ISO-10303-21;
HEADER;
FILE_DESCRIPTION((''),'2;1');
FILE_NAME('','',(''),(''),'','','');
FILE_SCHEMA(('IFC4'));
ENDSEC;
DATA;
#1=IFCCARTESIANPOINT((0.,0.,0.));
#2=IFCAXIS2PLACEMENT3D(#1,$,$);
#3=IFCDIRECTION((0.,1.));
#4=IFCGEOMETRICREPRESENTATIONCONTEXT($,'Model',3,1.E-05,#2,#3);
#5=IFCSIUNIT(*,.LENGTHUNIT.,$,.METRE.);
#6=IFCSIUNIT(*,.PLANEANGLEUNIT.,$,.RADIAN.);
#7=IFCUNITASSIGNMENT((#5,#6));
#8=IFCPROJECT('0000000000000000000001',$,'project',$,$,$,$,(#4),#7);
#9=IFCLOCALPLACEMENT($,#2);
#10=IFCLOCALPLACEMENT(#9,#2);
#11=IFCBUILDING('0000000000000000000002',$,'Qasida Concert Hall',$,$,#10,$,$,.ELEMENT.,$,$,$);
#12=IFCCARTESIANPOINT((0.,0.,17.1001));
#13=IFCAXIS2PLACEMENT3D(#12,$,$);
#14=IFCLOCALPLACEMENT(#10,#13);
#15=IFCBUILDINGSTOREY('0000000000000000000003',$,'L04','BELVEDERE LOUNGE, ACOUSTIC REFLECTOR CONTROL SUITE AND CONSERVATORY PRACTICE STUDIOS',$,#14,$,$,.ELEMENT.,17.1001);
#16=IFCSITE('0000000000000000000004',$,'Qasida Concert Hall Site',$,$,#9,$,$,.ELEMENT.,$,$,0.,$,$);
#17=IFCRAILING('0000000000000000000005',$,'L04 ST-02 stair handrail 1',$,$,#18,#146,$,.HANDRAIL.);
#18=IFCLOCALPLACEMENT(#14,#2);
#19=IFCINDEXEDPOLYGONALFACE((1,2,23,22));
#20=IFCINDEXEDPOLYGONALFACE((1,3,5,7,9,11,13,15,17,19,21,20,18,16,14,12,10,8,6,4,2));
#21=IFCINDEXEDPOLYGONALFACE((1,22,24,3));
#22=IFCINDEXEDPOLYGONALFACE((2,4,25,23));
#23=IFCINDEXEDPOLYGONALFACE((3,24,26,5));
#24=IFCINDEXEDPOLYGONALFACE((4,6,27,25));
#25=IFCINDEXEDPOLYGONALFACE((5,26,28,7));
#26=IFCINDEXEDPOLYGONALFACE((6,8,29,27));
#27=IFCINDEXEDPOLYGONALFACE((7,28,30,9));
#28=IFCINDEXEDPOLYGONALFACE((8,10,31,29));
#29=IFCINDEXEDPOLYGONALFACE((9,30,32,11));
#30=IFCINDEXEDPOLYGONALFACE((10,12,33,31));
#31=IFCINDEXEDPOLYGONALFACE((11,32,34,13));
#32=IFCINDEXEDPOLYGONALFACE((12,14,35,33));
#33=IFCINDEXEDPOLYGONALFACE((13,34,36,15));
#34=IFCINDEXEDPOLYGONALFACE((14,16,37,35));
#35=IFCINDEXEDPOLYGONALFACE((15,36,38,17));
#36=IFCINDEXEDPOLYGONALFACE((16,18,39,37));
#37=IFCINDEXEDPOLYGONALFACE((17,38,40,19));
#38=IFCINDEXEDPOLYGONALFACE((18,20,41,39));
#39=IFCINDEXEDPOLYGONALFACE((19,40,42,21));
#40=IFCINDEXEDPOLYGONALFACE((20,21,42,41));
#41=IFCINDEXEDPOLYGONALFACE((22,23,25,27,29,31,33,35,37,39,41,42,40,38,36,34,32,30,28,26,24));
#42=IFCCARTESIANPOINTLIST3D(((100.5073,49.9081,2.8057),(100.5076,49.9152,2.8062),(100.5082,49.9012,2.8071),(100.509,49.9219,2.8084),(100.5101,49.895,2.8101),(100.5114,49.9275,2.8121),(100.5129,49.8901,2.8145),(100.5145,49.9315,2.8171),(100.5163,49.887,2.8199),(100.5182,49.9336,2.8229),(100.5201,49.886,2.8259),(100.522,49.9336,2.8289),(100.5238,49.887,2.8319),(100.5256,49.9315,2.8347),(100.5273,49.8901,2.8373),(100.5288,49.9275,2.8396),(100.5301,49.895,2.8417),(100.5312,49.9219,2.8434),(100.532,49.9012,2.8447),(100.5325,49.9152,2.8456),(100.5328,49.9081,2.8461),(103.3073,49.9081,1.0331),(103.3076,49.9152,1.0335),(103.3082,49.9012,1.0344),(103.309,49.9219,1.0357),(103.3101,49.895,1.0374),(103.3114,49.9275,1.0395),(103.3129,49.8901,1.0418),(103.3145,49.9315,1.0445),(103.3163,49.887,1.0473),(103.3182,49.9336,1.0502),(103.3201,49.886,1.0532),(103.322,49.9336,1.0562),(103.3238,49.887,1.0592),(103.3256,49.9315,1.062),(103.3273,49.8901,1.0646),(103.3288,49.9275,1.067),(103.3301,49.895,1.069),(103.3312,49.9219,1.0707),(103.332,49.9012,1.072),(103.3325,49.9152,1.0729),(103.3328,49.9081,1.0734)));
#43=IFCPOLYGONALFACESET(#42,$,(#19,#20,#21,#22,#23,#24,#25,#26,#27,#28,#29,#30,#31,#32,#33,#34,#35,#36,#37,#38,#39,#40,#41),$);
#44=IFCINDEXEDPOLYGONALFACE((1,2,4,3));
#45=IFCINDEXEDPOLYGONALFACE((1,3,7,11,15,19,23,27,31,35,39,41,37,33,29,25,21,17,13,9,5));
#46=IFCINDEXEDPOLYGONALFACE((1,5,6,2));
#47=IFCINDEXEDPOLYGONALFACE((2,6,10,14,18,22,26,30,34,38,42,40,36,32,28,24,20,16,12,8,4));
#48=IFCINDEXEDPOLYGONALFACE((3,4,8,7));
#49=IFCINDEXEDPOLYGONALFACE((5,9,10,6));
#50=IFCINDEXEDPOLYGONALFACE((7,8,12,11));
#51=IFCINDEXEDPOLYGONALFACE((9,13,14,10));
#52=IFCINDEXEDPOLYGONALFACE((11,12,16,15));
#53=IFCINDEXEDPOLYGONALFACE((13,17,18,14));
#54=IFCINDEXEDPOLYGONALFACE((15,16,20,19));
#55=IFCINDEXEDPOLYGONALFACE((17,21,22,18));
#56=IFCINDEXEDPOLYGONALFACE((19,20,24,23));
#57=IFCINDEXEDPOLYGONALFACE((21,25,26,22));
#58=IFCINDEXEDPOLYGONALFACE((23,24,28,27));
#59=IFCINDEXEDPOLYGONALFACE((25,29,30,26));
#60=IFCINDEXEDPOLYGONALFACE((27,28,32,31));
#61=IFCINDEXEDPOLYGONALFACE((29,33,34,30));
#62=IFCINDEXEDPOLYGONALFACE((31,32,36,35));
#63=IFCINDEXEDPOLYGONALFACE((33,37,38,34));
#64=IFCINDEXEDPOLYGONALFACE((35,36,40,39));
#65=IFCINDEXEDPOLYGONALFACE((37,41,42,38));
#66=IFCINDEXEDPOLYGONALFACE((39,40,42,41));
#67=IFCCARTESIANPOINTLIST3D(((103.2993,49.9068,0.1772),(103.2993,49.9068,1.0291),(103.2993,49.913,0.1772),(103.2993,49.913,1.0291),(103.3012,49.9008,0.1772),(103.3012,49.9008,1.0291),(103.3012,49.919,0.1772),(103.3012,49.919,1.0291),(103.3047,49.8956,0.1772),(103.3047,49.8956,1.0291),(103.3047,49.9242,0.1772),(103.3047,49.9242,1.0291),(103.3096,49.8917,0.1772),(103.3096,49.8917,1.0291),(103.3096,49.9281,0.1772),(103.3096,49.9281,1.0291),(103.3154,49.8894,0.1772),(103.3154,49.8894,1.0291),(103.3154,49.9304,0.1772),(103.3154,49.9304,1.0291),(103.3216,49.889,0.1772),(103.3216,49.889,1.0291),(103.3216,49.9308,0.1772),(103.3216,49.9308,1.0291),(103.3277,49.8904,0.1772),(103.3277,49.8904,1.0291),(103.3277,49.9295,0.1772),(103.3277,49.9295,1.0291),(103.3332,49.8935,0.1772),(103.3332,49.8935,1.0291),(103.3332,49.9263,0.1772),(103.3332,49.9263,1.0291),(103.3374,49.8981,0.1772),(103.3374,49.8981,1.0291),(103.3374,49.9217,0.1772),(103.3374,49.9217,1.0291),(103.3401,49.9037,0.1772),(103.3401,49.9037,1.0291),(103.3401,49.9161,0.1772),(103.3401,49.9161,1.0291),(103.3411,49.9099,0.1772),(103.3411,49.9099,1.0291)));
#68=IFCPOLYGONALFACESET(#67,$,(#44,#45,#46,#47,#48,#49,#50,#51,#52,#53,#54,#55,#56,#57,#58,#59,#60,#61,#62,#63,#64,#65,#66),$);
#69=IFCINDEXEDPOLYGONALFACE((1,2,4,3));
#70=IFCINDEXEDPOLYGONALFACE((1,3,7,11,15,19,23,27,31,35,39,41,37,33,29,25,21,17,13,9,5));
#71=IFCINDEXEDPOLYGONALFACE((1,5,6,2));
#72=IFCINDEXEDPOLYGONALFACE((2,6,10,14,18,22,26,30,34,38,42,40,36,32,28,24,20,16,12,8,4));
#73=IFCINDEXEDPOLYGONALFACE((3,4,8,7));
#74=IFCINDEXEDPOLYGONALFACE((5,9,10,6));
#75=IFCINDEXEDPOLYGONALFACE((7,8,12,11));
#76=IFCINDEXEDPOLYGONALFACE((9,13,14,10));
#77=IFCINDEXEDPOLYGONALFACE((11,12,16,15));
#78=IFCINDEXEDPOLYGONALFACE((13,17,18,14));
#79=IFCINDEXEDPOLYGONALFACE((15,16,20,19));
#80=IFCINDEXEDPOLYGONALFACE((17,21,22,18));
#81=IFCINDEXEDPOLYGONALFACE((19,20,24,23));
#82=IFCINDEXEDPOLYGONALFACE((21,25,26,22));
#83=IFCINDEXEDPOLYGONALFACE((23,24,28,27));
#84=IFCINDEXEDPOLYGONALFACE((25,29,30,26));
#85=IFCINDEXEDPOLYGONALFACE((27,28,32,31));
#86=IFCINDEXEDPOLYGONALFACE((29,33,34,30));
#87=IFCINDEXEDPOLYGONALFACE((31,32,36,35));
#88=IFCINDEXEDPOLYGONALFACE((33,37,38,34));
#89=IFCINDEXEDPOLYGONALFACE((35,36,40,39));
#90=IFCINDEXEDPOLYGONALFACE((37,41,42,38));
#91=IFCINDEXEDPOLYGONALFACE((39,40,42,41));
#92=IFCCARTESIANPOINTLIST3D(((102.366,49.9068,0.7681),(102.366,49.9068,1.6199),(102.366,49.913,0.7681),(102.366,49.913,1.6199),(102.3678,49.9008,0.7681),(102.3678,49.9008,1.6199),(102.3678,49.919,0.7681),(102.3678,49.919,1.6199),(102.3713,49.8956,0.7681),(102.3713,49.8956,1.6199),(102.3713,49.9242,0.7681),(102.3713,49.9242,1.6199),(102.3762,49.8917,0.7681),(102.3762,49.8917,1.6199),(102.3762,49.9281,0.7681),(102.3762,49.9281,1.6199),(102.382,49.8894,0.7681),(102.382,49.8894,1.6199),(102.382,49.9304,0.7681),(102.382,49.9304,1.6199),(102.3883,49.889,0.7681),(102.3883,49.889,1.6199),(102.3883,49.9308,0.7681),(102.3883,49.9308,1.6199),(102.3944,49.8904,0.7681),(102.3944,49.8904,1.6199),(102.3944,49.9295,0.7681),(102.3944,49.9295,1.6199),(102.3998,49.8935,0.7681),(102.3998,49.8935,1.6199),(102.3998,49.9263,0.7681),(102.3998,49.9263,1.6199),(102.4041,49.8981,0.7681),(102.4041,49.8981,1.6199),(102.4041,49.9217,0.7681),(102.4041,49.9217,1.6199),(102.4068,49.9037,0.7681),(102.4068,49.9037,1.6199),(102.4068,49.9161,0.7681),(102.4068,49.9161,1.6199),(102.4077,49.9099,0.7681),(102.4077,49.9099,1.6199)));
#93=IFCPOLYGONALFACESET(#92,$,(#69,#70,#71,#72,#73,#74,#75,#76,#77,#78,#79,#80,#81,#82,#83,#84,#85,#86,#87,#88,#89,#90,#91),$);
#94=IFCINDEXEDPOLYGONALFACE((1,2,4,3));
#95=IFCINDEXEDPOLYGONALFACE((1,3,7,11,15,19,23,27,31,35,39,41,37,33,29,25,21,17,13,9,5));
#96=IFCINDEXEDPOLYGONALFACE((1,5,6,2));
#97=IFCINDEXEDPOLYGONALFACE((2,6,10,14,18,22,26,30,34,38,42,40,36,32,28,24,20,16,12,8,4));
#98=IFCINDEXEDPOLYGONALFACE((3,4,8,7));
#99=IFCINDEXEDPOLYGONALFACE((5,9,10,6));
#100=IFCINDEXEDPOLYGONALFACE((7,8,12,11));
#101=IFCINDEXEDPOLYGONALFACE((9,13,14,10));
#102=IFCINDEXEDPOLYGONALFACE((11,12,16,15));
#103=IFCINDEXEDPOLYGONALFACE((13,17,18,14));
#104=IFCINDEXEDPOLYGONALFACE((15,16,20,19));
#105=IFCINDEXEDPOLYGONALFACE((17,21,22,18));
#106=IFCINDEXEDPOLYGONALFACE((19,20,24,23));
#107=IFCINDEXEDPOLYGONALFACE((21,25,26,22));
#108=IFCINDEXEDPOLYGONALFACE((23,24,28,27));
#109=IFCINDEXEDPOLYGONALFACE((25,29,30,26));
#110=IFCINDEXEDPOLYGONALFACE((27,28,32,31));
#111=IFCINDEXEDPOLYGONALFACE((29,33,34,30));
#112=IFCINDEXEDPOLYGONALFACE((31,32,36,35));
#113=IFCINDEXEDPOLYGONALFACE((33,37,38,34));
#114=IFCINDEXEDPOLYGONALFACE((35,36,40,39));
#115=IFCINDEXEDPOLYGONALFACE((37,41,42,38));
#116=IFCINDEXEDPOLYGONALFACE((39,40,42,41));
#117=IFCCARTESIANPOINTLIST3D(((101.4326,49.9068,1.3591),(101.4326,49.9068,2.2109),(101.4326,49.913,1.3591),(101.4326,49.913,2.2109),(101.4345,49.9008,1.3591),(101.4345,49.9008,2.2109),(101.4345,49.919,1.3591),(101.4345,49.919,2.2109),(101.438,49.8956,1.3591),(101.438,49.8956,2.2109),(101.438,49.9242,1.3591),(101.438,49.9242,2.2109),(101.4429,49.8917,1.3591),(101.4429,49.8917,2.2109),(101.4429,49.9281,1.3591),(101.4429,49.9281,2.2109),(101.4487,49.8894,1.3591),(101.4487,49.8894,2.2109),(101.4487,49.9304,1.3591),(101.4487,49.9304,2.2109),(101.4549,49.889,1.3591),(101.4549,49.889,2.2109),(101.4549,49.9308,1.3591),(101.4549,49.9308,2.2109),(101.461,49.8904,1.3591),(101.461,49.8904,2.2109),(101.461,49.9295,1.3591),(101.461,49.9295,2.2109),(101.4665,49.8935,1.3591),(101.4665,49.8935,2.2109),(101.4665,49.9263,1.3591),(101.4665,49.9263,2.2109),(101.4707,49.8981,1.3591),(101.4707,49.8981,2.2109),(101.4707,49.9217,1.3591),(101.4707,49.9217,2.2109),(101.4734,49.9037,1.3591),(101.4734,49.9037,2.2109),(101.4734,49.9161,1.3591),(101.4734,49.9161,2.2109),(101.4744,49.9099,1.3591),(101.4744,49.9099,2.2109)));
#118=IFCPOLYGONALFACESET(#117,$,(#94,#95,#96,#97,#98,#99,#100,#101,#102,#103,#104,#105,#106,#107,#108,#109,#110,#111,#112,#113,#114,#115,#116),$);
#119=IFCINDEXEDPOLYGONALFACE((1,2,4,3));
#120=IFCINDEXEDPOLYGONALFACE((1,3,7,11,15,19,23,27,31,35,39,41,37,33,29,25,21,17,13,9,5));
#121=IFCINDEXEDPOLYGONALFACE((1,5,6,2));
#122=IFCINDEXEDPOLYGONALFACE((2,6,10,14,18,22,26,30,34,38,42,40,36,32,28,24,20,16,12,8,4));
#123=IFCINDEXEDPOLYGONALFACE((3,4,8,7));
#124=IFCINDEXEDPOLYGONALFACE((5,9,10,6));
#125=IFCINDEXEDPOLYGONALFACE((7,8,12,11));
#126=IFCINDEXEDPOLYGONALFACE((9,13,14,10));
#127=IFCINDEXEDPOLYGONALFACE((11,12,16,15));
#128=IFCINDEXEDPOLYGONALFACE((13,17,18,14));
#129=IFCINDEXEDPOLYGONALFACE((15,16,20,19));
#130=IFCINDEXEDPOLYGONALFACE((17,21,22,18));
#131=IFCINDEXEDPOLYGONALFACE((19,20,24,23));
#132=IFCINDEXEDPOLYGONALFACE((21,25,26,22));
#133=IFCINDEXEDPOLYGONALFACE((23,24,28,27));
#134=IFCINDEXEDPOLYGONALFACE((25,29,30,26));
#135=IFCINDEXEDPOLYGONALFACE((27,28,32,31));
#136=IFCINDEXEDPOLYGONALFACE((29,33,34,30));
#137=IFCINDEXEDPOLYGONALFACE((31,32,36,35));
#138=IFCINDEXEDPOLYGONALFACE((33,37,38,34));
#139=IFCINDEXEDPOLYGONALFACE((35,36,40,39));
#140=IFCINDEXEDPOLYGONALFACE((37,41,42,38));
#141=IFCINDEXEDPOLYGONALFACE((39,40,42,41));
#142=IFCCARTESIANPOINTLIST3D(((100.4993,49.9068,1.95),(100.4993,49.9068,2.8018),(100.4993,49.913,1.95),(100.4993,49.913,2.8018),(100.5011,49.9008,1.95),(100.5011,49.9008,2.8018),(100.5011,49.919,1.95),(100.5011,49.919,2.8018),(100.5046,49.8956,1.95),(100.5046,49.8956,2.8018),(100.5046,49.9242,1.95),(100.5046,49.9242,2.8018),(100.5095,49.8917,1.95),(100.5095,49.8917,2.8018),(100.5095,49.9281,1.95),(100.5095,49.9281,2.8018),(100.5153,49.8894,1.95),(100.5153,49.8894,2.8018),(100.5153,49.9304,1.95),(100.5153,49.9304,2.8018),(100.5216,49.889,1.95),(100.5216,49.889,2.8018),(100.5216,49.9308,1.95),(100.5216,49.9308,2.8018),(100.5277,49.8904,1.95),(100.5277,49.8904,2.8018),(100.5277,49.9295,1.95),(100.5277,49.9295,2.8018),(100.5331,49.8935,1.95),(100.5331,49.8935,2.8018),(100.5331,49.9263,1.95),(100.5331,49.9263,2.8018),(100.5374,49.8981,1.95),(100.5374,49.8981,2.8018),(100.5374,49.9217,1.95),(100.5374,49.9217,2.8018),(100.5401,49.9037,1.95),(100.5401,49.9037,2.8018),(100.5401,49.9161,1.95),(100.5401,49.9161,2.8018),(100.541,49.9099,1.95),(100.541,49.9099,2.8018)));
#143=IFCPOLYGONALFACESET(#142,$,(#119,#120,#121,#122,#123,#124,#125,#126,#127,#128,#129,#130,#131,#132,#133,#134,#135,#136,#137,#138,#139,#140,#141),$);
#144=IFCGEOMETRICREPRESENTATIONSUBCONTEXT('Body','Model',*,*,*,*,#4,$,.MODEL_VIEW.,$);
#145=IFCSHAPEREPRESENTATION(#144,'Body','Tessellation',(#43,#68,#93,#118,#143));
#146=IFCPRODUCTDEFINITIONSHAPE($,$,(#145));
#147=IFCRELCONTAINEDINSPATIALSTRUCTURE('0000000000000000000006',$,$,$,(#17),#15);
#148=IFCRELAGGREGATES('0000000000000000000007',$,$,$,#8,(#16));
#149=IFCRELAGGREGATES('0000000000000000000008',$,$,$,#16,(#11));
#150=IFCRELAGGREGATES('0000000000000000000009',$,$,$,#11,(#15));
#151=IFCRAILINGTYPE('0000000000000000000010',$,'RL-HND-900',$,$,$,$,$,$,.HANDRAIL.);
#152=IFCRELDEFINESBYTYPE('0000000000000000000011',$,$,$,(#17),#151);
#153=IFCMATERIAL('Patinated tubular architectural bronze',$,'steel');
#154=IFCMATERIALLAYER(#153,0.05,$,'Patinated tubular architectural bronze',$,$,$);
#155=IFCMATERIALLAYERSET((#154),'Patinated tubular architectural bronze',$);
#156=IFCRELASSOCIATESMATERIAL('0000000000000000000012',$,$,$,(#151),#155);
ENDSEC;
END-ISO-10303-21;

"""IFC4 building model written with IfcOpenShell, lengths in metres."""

from ifc_helpers import new_model, si_unit, direction, frame, origin, origin_2d, place, context, subcontext, project, spatial, circle, extrude, material, layer, layer_set, type_object, element, save


model = new_model("IFC4")

# Units and contexts
model_context = context("Model", 3, precision=1e-05, world=origin(), true_north=direction((0.0, 1.0)))
body_context = subcontext(model_context, "Body", "Model", "MODEL_VIEW")
ifc_project = project(units=[si_unit("LENGTHUNIT", "METRE"), si_unit("PLANEANGLEUNIT", "RADIAN")], contexts=[model_context])

# Site, building, storey
site_placement = place(None, origin())
site = spatial("IfcSite", under=ifc_project, at=site_placement, Name="Qasida Concert Hall Site", CompositionType="ELEMENT", RefElevation=0.0)
building_placement = place(site_placement, origin())
building = spatial("IfcBuilding", under=site, at=building_placement, Name="Qasida Concert Hall", CompositionType="ELEMENT")
storey_placement = place(building_placement, frame((0.0, 0.0, 17.1001)))
storey = spatial("IfcBuildingStorey", under=building, at=storey_placement, Name="L04", Description="BELVEDERE LOUNGE, ACOUSTIC REFLECTOR CONTROL SUITE AND CONSERVATORY PRACTICE STUDIOS", CompositionType="ELEMENT", Elevation=17.1001)

# Railing
ifc_material_1 = material(Name="Patinated tubular architectural bronze", Category="steel")
ifc_layer_1 = layer(ifc_material_1, 0.05, Name="Patinated tubular architectural bronze")
ifc_layer_set_1 = layer_set([ifc_layer_1], Name="Patinated tubular architectural bronze")
railing_type_1 = type_object("IfcRailingType", Name="RL-HND-900", PredefinedType="HANDRAIL", material=ifc_layer_set_1)
railing_1_placement = place(storey_placement, frame((103.3201, 49.9099, 0.1772)))
element("IfcRailing", 1, at=railing_1_placement, inside=storey, type_object=railing_type_1, Name="L04 ST-02 stair handrail 1", PredefinedType="HANDRAIL", context=body_context, shape_type="SweptSolid", body=[
    extrude(circle(Radius=0.0239, at=origin_2d()), frame((0.0, 0.0, 0.876), z_axis=(-0.844909, 0.0, 0.53491), x_axis=(0.0, -1.0, 0.0)), (0.0, 0.0, 1.0), 3.314),
    extrude(circle(Radius=0.021, at=origin_2d()), origin(), (0.0, 0.0, 1.0), 0.8518),
    extrude(circle(Radius=0.021, at=origin_2d()), frame((-0.9333, 0.0, 0.5908)), (0.0, 0.0, 1.0), 0.8518),
    extrude(circle(Radius=0.021, at=origin_2d()), frame((-1.8667, 0.0, 1.1819)), (0.0, 0.0, 1.0), 0.8518),
    extrude(circle(Radius=0.021, at=origin_2d()), frame((-2.8, 0.0, 1.7727)), (0.0, 0.0, 1.0), 0.8518),
])

save(model, "model.ifc")
